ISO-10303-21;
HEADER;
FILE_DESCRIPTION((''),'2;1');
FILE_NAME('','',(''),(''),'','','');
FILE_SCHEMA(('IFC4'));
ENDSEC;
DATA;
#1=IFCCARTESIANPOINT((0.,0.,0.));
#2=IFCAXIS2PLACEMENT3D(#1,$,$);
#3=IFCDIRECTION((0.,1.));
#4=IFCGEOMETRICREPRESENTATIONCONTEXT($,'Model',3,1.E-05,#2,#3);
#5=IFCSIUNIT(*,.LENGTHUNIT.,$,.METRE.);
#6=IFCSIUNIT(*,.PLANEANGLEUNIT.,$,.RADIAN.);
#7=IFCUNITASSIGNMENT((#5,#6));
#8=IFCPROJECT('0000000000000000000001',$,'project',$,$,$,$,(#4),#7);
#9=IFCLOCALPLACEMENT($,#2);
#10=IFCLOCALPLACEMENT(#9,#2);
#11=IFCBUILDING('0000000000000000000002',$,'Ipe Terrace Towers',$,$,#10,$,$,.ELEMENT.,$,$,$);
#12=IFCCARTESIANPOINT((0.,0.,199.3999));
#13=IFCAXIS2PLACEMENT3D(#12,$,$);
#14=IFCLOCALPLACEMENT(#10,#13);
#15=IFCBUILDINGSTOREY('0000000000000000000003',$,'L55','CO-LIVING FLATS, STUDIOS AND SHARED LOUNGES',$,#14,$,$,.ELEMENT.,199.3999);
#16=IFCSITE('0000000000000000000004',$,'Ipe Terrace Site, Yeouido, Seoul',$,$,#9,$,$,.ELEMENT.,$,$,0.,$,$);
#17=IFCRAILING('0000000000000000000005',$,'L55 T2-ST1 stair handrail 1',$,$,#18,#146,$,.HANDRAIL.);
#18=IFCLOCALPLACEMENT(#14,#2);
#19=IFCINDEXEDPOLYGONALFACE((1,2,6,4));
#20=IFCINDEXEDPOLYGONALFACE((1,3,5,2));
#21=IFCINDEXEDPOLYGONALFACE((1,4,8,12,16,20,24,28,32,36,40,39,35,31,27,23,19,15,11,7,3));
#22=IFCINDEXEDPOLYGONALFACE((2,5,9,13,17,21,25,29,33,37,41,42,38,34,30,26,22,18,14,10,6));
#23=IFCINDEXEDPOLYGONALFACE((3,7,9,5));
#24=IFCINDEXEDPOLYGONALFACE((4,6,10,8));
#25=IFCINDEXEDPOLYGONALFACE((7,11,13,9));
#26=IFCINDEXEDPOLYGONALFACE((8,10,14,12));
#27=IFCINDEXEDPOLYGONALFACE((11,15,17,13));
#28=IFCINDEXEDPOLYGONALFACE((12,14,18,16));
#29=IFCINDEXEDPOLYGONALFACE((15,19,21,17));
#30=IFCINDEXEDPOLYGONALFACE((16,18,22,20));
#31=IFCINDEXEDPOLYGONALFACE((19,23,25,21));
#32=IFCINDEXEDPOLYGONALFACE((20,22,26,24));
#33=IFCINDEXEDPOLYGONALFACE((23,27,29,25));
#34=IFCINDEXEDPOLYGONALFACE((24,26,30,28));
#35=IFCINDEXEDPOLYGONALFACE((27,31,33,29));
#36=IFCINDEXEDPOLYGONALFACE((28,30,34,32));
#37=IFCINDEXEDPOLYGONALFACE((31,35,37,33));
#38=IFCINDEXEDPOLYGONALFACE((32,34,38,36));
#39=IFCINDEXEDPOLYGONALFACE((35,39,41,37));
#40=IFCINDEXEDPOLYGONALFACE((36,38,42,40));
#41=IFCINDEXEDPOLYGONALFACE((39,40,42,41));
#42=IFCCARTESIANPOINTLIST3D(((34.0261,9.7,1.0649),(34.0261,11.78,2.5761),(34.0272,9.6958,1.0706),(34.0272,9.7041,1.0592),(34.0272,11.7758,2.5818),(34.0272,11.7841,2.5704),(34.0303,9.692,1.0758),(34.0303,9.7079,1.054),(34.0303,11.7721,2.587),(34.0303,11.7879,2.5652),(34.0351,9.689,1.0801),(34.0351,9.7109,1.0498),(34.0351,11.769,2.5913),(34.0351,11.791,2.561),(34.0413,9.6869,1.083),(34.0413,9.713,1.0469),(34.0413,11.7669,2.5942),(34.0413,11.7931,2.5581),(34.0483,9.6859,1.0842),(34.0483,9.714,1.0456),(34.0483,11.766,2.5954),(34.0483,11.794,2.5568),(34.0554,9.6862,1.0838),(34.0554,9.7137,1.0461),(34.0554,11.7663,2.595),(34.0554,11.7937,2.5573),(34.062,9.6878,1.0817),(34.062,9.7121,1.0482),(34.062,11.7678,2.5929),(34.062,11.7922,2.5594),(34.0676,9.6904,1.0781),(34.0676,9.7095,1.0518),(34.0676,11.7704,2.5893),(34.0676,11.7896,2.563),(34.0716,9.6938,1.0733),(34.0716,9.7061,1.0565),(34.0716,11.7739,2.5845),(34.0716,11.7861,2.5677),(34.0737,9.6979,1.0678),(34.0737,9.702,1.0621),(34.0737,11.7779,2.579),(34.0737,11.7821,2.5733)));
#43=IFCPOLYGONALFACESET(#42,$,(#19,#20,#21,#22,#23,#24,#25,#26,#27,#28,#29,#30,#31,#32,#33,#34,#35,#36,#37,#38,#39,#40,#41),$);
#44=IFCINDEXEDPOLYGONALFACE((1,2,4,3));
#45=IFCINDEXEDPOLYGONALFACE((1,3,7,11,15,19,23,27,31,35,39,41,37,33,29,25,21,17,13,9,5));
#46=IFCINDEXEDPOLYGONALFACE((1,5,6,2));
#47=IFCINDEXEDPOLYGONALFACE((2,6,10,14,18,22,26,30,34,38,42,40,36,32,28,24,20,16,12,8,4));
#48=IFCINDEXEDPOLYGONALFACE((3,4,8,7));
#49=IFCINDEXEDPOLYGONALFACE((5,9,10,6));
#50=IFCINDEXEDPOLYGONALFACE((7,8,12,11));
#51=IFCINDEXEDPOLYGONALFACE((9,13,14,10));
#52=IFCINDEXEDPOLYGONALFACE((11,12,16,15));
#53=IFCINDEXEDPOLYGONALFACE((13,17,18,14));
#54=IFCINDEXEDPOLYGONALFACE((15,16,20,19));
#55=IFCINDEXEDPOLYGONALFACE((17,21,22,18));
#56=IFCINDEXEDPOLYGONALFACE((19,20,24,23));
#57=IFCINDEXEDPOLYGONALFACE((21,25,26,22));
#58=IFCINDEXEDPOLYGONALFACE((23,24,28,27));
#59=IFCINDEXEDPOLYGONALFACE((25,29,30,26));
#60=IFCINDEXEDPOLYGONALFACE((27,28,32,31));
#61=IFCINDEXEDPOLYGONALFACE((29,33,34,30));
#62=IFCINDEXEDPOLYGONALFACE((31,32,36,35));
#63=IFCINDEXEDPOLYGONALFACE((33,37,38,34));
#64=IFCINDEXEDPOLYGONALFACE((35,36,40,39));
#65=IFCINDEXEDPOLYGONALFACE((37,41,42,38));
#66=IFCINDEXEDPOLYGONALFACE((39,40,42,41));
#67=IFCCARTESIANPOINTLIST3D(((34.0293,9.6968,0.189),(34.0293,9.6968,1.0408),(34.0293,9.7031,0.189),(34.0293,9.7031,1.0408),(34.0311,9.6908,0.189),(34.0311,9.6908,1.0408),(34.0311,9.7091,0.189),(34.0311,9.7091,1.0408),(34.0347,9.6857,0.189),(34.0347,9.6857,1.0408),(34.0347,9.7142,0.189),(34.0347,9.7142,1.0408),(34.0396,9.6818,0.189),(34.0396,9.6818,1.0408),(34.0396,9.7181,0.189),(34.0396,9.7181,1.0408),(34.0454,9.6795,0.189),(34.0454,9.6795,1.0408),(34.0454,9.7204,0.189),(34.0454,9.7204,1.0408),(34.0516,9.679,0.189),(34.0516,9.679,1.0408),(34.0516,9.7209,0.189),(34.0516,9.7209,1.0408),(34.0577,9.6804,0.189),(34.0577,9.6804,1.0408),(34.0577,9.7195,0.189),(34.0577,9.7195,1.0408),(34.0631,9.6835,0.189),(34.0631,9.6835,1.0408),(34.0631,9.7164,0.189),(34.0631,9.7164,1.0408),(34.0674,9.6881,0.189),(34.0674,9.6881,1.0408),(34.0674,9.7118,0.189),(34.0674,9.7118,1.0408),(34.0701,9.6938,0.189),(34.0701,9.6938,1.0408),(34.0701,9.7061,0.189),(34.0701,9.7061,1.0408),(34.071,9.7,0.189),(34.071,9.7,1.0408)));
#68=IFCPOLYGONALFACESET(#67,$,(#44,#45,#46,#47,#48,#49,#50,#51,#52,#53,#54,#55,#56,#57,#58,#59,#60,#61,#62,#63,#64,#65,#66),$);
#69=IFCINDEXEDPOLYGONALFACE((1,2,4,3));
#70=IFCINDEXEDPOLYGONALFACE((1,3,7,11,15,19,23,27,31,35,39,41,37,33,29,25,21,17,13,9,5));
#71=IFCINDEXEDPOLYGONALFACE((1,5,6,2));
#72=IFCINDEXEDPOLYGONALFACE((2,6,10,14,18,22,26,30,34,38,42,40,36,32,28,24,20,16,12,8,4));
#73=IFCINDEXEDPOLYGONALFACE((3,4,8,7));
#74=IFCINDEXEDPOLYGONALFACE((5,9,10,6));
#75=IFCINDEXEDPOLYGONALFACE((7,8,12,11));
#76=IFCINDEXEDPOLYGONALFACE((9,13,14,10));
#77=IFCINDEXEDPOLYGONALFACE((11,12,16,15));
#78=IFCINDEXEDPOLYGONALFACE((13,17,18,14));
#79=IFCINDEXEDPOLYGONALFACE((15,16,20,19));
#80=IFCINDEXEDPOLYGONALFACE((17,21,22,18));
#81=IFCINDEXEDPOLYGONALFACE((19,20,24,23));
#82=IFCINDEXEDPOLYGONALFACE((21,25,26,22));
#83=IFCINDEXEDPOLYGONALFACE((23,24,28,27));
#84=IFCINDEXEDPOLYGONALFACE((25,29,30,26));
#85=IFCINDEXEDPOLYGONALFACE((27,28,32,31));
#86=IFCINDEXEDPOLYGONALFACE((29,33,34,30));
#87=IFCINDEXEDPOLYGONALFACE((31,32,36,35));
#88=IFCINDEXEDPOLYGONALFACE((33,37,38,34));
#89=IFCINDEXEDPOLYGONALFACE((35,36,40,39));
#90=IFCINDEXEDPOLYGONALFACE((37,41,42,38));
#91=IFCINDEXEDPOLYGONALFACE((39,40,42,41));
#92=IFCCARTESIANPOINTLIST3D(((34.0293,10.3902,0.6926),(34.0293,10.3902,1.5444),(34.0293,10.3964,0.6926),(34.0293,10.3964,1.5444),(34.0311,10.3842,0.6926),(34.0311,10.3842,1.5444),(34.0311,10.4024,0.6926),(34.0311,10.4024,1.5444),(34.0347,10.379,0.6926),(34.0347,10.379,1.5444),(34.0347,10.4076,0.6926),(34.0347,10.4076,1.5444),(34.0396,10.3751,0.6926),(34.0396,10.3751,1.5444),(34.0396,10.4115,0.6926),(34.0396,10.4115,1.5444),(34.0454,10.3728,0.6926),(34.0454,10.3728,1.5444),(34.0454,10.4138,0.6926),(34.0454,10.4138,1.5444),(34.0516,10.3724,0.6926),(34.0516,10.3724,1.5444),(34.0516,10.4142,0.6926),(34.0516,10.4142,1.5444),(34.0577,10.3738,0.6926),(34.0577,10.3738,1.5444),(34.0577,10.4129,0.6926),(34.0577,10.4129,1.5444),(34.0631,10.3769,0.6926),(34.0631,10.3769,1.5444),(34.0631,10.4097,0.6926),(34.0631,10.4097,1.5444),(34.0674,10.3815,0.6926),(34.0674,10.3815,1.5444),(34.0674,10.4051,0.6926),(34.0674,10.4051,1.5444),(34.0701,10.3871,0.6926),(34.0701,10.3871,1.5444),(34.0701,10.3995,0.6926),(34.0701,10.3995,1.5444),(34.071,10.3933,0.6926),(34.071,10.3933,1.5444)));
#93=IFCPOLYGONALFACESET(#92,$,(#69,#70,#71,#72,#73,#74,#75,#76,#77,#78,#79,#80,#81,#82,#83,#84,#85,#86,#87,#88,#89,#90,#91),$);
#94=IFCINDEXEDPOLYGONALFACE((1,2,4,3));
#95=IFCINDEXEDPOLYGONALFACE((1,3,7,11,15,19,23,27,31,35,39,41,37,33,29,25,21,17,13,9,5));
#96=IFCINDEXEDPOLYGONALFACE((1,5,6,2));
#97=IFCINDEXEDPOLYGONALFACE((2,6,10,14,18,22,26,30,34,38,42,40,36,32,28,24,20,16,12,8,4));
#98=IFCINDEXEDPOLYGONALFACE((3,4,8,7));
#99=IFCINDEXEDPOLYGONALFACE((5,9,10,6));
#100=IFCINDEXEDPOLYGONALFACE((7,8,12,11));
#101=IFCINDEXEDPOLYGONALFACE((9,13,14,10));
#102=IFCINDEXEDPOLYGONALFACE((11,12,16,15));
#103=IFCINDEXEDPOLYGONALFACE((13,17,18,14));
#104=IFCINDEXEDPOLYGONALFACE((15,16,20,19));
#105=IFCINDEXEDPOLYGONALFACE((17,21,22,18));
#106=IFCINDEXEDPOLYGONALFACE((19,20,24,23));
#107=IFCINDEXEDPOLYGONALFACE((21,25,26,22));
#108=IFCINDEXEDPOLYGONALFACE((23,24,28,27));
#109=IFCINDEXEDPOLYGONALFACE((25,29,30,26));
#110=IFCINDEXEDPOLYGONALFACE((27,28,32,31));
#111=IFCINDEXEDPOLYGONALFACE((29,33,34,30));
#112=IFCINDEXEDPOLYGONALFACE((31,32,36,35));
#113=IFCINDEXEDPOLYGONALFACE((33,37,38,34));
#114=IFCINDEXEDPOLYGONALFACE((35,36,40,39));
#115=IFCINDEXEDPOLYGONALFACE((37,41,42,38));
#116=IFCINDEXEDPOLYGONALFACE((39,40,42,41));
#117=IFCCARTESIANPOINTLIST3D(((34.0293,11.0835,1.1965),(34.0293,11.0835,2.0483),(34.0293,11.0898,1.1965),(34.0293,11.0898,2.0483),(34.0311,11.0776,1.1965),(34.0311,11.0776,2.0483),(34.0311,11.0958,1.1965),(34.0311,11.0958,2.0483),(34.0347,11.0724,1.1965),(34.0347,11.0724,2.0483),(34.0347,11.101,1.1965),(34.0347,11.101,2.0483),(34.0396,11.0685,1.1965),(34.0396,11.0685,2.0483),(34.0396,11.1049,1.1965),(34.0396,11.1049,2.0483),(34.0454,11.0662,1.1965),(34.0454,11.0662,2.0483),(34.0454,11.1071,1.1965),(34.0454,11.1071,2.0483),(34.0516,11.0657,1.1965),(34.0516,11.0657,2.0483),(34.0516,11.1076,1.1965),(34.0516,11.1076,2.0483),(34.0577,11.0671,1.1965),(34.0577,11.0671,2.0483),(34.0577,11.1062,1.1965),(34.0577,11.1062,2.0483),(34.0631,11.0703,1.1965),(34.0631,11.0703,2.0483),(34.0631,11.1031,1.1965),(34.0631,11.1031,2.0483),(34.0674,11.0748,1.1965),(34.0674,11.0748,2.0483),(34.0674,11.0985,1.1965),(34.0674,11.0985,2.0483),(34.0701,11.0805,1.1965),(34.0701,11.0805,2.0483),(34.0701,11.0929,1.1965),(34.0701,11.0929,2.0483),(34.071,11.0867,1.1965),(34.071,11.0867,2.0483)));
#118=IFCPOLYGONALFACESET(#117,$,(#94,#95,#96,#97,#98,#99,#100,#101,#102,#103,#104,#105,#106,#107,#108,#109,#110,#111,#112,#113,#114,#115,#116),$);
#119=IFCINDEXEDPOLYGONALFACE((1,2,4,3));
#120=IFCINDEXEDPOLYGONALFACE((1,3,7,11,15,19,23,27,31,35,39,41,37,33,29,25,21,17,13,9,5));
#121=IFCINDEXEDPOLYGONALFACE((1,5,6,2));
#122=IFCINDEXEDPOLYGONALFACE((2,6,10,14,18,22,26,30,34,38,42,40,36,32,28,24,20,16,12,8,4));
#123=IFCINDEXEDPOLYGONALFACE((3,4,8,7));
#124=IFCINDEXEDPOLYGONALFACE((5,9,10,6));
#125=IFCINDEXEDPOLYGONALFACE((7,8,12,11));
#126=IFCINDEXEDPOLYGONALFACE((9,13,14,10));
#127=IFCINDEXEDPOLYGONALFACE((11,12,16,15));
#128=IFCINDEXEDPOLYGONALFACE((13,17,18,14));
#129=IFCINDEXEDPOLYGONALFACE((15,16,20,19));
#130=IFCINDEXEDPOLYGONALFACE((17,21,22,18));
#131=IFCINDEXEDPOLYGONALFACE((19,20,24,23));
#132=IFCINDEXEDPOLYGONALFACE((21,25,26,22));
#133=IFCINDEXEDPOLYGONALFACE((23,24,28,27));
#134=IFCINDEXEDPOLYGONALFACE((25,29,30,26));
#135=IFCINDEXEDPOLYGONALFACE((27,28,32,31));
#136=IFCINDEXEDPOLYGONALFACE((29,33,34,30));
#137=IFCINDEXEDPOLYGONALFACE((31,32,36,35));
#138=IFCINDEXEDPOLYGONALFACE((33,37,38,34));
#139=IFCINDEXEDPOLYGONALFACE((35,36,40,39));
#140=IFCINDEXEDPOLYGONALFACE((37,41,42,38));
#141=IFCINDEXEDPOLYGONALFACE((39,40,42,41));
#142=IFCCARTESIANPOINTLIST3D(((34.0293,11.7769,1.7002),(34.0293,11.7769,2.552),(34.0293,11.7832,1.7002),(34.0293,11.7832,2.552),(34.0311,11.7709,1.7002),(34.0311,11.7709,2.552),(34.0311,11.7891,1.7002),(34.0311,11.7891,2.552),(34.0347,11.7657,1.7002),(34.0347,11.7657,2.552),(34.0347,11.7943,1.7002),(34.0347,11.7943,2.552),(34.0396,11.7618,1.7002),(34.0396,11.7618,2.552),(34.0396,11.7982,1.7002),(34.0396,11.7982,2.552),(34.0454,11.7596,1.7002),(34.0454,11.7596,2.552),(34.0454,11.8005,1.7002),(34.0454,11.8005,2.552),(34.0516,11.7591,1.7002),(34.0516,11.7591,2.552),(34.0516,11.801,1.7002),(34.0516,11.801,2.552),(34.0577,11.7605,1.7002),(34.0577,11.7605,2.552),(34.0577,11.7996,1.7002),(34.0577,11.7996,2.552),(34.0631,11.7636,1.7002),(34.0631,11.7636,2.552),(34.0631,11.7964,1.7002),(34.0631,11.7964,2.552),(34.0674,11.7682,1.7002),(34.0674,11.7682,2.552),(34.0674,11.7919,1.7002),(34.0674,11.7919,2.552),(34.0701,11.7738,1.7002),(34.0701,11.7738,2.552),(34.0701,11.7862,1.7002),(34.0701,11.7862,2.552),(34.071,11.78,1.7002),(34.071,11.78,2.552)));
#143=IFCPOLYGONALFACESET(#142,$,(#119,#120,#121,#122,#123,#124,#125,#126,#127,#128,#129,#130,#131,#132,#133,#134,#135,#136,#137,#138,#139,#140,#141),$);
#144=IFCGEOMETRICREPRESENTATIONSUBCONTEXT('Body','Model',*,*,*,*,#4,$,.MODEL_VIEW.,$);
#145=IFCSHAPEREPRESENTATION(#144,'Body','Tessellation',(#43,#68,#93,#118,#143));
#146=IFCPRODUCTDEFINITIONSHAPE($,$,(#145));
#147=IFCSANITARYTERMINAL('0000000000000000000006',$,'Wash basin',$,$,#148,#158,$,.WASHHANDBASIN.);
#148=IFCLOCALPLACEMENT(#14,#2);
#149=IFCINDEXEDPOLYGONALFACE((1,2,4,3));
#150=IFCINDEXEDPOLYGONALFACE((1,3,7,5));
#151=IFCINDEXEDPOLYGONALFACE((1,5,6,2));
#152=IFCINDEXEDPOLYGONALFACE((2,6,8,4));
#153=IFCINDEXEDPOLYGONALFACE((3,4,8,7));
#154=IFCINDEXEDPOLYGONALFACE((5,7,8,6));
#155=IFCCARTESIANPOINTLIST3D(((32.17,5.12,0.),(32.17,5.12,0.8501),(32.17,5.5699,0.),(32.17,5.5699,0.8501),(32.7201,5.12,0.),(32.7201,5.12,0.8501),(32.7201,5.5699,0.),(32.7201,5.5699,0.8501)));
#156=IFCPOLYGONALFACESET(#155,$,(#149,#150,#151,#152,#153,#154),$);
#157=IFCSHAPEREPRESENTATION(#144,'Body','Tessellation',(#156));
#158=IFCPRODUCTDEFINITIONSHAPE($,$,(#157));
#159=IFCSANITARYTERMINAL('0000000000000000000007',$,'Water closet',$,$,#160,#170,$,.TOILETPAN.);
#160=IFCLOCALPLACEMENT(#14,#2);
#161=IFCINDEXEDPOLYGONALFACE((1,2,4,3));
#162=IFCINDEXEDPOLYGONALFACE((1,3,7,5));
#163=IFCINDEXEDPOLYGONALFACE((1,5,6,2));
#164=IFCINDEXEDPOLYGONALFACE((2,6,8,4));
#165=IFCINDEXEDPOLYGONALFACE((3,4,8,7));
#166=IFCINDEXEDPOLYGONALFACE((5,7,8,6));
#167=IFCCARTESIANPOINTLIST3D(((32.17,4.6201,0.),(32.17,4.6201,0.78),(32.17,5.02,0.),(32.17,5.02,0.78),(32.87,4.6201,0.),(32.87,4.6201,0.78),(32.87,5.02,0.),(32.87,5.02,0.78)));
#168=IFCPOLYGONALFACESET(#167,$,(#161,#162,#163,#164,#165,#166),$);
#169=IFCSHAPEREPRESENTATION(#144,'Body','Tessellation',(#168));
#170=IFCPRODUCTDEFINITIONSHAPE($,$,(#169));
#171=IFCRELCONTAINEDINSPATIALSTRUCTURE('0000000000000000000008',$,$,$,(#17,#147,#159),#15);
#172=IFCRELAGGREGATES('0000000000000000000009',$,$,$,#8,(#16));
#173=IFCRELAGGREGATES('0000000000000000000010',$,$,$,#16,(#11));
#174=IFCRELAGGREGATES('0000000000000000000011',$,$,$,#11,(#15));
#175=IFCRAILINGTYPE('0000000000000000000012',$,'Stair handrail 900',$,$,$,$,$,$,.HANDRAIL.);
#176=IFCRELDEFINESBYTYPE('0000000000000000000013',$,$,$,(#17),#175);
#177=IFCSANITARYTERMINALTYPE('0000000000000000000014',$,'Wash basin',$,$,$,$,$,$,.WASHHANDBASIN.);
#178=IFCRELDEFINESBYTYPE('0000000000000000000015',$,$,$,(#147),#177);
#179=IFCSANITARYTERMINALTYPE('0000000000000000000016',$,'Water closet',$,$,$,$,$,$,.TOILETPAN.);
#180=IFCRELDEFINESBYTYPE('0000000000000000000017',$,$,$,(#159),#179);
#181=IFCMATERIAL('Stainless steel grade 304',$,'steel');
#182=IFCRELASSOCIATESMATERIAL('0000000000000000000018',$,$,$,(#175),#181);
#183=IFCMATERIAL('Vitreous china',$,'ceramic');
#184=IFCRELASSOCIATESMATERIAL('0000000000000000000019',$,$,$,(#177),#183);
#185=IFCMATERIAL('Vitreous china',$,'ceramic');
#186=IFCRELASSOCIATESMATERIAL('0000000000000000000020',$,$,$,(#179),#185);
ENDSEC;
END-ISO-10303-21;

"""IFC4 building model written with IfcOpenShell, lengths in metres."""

from ifc_helpers import new_model, si_unit, direction, frame, origin, origin_2d, place, context, subcontext, project, spatial, rectangle, circle, extrude, material, type_object, element, save


model = new_model("IFC4")

# Units and contexts
model_context = context("Model", 3, precision=1e-05, world=origin(), true_north=direction((0.0, 1.0)))
body_context = subcontext(model_context, "Body", "Model", "MODEL_VIEW")
ifc_project = project(units=[si_unit("LENGTHUNIT", "METRE"), si_unit("PLANEANGLEUNIT", "RADIAN")], contexts=[model_context])

# Site, building, storey
site_placement = place(None, origin())
site = spatial("IfcSite", under=ifc_project, at=site_placement, Name="Ipe Terrace Site, Yeouido, Seoul", CompositionType="ELEMENT", RefElevation=0.0)
building_placement = place(site_placement, origin())
building = spatial("IfcBuilding", under=site, at=building_placement, Name="Ipe Terrace Towers", CompositionType="ELEMENT")
storey_placement = place(building_placement, frame((0.0, 0.0, 199.3999)))
storey = spatial("IfcBuildingStorey", under=building, at=storey_placement, Name="L55", Description="CO-LIVING FLATS, STUDIOS AND SHARED LOUNGES", CompositionType="ELEMENT", Elevation=199.3999)

# Railing
ifc_material_1 = material(Name="Stainless steel grade 304", Category="steel")
railing_type_1 = type_object("IfcRailingType", Name="Stair handrail 900", PredefinedType="HANDRAIL", material=ifc_material_1)
railing_1_placement = place(storey_placement, frame((34.05, 9.7, 0.189)))
element("IfcRailing", 1, at=railing_1_placement, inside=storey, type_object=railing_type_1, Name="L55 T2-ST1 stair handrail 1", PredefinedType="HANDRAIL", context=body_context, shape_type="SweptSolid", body=[
    extrude(circle(Radius=0.0239, at=origin_2d()), frame((0.0, 0.0, 0.876), z_axis=(0.0, 0.809023, 0.587776), x_axis=(-1.0, 0.0, 0.0)), (0.0, 0.0, 1.0), 2.571),
    extrude(circle(Radius=0.021, at=origin_2d()), origin(), (0.0, 0.0, 1.0), 0.8518),
    extrude(circle(Radius=0.021, at=origin_2d()), frame((0.0, 0.6934, 0.5037)), (0.0, 0.0, 1.0), 0.8518),
    extrude(circle(Radius=0.021, at=origin_2d()), frame((0.0, 1.3867, 1.0076)), (0.0, 0.0, 1.0), 0.8518),
    extrude(circle(Radius=0.021, at=origin_2d()), frame((0.0, 2.0801, 1.5112)), (0.0, 0.0, 1.0), 0.8518),
])

# Sanitary terminals
ifc_material_2 = material(Name="Vitreous china", Category="ceramic")
sanitary_terminal_type_1 = type_object("IfcSanitaryTerminalType", Name="Wash basin", PredefinedType="WASHHANDBASIN", material=ifc_material_2)
sanitary_terminal_1_placement = place(storey_placement, frame((32.4451, 5.345, 0.0), z_axis=(0.0, 0.0, 1.0), x_axis=(1.0, 0.0, 0.0)))
element("IfcSanitaryTerminal", 2, at=sanitary_terminal_1_placement, inside=storey, type_object=sanitary_terminal_type_1, Name="Wash basin", PredefinedType="WASHHANDBASIN", context=body_context, shape_type="SweptSolid", body=[
    extrude(rectangle(XDim=0.55, YDim=0.45, at=origin_2d()), origin(), (0.0, 0.0, 1.0), 0.8501),
])
ifc_material_3 = material(Name="Vitreous china", Category="ceramic")
sanitary_terminal_type_2 = type_object("IfcSanitaryTerminalType", Name="Water closet", PredefinedType="TOILETPAN", material=ifc_material_3)
sanitary_terminal_2_placement = place(storey_placement, frame((32.52, 4.8201, 0.0), z_axis=(0.0, 0.0, 1.0), x_axis=(1.0, 0.0, 0.0)))
element("IfcSanitaryTerminal", 3, at=sanitary_terminal_2_placement, inside=storey, type_object=sanitary_terminal_type_2, Name="Water closet", PredefinedType="TOILETPAN", context=body_context, shape_type="SweptSolid", body=[
    extrude(rectangle(XDim=0.7, YDim=0.3999, at=origin_2d()), origin(), (0.0, 0.0, 1.0), 0.78),
])

save(model, "model.ifc")
